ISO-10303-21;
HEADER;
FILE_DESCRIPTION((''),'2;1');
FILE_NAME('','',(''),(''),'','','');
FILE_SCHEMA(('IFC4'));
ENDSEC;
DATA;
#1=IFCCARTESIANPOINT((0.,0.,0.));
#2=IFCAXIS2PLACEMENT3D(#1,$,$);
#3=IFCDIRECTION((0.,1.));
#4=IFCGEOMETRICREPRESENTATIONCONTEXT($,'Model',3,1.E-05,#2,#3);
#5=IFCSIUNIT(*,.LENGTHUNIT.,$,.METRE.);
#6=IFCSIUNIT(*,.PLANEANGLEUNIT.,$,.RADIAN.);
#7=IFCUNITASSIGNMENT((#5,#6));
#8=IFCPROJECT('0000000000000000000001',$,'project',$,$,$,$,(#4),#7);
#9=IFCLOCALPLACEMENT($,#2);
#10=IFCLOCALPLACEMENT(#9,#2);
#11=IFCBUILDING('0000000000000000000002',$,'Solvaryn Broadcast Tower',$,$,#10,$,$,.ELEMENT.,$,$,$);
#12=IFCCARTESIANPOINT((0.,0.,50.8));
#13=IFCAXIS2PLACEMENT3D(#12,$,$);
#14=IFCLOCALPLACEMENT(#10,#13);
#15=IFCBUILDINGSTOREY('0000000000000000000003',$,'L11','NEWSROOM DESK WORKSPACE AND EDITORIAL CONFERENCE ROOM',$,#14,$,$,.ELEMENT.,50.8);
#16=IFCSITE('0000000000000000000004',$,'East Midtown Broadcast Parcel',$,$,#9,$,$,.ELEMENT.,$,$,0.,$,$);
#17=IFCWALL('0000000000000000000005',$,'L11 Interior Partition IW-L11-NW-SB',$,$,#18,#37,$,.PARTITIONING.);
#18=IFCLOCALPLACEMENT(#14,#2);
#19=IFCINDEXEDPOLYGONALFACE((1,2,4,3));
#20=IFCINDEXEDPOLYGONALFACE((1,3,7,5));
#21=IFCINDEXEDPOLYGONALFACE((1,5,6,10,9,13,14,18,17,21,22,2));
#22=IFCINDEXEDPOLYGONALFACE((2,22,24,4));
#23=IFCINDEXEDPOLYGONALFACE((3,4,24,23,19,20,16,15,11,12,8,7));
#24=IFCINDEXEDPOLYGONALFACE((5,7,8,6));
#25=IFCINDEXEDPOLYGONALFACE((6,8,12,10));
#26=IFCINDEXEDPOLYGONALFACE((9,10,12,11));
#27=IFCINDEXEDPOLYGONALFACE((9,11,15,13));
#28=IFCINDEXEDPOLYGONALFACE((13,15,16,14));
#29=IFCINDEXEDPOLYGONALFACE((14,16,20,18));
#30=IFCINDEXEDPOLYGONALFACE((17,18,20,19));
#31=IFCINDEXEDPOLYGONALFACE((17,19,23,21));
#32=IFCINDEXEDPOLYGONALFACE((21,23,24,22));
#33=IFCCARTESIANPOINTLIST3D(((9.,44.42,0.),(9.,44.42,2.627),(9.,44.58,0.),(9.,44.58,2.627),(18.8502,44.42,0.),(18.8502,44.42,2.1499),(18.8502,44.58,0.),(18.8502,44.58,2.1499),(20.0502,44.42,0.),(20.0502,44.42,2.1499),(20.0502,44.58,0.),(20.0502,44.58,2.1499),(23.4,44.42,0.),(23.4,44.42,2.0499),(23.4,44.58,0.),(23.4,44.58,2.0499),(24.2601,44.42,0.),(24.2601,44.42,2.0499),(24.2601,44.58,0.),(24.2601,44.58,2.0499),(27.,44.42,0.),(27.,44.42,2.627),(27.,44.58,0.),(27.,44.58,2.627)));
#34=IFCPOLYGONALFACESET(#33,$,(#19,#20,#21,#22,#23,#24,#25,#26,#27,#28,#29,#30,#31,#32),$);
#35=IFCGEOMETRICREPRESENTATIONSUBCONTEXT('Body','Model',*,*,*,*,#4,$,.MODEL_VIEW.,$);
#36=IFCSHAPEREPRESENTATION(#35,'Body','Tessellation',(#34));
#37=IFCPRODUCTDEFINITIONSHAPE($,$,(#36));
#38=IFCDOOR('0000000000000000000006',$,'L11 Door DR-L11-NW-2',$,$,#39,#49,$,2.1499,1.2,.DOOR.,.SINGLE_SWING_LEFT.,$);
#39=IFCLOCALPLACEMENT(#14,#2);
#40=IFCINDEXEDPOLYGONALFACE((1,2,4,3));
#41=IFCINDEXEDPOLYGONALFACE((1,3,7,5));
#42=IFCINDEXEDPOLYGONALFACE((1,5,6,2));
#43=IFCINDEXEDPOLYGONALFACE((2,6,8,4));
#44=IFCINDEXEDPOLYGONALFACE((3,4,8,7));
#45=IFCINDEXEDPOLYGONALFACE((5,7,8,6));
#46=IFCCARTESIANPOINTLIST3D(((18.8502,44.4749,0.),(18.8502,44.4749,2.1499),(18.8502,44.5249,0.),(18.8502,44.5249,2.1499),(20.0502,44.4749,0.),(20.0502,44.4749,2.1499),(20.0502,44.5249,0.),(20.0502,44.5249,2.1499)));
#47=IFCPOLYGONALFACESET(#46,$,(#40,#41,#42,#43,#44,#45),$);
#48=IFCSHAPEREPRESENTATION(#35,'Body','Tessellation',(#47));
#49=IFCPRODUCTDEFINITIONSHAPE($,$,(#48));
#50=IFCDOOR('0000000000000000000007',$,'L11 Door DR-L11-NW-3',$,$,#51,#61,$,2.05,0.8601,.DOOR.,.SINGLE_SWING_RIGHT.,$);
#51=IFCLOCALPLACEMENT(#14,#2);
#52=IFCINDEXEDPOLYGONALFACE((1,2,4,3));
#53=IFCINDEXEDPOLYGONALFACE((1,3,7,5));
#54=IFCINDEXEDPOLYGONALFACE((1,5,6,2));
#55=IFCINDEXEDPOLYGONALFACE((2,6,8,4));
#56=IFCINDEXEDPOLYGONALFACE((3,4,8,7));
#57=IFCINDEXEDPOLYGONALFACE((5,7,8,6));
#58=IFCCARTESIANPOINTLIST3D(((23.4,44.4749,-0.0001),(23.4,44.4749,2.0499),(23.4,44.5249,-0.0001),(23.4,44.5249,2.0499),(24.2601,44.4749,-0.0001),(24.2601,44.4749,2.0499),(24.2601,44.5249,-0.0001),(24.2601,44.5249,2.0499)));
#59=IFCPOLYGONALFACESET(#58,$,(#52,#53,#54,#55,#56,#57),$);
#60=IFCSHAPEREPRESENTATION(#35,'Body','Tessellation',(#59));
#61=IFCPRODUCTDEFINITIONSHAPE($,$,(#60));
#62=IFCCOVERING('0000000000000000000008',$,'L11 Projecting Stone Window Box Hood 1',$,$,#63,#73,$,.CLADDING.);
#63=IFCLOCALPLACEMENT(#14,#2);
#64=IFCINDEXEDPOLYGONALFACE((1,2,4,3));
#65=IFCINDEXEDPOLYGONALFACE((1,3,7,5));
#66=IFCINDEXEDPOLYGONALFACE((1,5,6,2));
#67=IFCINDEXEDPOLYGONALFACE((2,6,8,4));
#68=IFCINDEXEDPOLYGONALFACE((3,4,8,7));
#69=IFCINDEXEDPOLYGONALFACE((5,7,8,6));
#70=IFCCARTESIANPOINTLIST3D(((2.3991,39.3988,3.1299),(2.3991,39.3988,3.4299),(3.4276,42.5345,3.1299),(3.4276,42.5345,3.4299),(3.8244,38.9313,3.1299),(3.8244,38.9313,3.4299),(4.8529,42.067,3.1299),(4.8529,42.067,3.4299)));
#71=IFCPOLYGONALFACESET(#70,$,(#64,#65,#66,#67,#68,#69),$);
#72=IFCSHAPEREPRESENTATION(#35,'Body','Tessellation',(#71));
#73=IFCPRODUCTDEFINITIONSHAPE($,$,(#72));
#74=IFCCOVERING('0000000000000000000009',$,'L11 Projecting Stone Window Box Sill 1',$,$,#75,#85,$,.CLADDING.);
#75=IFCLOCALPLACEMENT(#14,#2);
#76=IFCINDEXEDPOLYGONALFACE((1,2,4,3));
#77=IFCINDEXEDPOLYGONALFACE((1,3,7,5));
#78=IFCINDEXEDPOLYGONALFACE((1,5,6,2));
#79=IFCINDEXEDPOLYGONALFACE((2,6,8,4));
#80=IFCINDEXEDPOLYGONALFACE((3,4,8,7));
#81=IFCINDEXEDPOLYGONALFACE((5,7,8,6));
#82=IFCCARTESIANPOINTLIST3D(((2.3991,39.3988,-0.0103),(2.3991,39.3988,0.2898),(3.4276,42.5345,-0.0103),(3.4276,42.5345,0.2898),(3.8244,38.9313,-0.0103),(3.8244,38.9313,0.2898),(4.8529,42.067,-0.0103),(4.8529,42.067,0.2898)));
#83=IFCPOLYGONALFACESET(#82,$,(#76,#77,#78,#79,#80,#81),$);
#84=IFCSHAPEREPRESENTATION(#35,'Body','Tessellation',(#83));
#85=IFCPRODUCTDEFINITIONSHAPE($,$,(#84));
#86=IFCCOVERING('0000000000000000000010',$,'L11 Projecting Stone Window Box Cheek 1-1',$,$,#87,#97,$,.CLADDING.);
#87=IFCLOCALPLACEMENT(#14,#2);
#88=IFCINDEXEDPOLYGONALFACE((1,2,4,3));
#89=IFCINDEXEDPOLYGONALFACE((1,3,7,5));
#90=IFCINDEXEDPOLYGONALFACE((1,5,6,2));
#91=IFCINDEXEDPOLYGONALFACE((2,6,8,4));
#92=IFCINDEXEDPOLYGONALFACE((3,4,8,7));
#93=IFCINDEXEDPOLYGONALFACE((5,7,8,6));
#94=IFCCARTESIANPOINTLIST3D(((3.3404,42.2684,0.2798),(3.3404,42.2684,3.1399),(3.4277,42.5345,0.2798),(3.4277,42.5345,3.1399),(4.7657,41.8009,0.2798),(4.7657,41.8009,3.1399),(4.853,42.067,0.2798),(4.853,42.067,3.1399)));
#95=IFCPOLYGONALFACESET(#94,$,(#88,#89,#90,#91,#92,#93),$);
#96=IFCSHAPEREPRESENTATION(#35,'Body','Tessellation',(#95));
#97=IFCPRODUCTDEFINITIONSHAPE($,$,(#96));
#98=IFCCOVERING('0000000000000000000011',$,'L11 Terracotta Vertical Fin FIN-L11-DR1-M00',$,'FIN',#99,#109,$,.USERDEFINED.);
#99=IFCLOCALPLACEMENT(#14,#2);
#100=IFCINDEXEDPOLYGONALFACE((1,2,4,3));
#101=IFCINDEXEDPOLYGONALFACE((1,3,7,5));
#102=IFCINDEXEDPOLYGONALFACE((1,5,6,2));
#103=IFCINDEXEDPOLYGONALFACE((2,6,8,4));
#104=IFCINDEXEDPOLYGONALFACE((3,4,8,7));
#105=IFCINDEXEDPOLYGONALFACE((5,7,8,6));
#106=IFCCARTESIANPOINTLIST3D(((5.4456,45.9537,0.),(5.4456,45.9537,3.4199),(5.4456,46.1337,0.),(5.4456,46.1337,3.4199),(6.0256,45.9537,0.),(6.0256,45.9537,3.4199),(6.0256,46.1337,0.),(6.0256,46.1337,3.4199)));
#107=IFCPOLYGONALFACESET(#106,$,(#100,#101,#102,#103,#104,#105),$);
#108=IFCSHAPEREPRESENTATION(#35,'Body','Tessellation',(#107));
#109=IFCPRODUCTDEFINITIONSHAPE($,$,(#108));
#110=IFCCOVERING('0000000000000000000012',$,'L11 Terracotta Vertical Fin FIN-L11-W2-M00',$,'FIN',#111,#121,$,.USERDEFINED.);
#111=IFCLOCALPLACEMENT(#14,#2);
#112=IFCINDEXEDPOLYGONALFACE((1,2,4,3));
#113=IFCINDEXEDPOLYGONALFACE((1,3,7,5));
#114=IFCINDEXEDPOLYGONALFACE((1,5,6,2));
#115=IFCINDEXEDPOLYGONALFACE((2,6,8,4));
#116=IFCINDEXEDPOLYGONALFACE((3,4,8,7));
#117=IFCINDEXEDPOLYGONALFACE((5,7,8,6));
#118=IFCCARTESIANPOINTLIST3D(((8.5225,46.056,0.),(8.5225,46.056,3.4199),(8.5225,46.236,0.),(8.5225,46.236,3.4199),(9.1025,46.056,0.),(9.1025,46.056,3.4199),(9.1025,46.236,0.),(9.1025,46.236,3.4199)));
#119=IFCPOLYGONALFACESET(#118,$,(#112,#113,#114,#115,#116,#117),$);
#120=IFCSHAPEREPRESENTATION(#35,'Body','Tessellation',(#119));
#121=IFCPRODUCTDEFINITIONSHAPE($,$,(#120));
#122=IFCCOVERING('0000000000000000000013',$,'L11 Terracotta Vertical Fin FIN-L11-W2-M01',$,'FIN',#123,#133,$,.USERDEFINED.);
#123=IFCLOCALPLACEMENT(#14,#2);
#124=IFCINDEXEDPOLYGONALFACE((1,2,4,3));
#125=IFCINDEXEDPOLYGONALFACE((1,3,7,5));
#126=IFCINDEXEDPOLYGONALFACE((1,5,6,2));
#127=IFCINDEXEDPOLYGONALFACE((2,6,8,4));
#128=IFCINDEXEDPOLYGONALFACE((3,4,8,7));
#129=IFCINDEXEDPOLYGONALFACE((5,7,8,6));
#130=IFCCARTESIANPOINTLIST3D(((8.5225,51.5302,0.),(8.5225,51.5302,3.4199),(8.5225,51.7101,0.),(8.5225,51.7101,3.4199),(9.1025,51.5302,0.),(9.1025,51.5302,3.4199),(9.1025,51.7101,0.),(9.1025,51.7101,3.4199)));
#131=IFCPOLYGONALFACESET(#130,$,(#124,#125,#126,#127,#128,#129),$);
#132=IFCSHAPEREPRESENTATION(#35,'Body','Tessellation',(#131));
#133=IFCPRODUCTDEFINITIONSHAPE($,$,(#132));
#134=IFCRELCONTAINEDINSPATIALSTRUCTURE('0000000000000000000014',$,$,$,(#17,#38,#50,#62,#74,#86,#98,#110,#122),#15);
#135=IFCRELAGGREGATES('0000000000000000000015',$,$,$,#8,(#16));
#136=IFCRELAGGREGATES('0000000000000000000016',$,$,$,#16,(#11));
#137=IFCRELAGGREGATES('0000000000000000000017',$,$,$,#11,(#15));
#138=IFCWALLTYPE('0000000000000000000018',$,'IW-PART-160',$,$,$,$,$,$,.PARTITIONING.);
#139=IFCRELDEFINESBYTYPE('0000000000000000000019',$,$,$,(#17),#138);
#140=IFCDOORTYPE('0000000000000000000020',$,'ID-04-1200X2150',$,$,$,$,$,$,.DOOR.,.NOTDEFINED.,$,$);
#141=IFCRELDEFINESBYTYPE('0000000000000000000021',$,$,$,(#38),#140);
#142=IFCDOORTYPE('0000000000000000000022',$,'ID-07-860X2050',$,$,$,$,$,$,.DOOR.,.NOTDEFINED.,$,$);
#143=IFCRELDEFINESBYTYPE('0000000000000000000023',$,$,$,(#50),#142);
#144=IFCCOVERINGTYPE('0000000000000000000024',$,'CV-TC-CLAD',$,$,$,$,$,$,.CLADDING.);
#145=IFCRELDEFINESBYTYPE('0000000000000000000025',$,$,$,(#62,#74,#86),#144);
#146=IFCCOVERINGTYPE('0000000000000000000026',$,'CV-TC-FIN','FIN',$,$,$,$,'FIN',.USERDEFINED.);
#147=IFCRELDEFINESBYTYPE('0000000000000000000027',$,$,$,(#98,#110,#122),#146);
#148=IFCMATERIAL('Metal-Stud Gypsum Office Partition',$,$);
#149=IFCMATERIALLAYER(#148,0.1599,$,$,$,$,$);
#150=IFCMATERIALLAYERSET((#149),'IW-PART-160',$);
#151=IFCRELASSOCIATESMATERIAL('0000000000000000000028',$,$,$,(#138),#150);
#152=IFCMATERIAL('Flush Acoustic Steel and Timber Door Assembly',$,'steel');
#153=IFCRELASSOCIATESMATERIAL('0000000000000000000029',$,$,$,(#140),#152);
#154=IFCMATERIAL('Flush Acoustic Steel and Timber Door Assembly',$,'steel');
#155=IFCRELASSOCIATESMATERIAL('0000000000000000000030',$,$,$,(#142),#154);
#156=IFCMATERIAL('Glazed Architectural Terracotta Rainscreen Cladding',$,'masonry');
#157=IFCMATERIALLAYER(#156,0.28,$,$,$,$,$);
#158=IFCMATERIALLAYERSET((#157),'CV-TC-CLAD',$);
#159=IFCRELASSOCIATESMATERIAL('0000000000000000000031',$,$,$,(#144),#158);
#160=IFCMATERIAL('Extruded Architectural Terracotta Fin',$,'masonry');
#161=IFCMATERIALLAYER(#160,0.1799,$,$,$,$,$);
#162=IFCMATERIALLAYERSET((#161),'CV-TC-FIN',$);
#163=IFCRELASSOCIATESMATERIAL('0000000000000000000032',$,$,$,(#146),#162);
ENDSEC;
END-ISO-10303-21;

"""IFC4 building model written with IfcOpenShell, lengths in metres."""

from ifc_helpers import new_model, si_unit, direction, frame, frame_2d, origin, origin_2d, place, context, subcontext, project, spatial, rectangle, extrude, material, layer, layer_set, type_object, element, fill, save


model = new_model("IFC4")

# Units and contexts
model_context = context("Model", 3, precision=1e-05, world=origin(), true_north=direction((0.0, 1.0)))
body_context = subcontext(model_context, "Body", "Model", "MODEL_VIEW")
ifc_project = project(units=[si_unit("LENGTHUNIT", "METRE"), si_unit("PLANEANGLEUNIT", "RADIAN")], contexts=[model_context])

# Site, building, storey
site_placement = place(None, origin())
site = spatial("IfcSite", under=ifc_project, at=site_placement, Name="East Midtown Broadcast Parcel", CompositionType="ELEMENT", RefElevation=0.0)
building_placement = place(site_placement, origin())
building = spatial("IfcBuilding", under=site, at=building_placement, Name="Solvaryn Broadcast Tower", CompositionType="ELEMENT")
storey_placement = place(building_placement, frame((0.0, 0.0, 50.8)))
storey = spatial("IfcBuildingStorey", under=building, at=storey_placement, Name="L11", Description="NEWSROOM DESK WORKSPACE AND EDITORIAL CONFERENCE ROOM", CompositionType="ELEMENT", Elevation=50.8)

# Shared definitions
ifc_material_1 = material(Name="Metal-Stud Gypsum Office Partition")
ifc_layer_1 = layer(ifc_material_1, 0.1599)
ifc_layer_set_1 = layer_set([ifc_layer_1], Name="IW-PART-160")
wall_type_1 = type_object("IfcWallType", Name="IW-PART-160", PredefinedType="PARTITIONING", material=ifc_layer_set_1)

# Wall, openings, doors
wall_1_placement = place(storey_placement, frame((9.0, 44.5, 0.0), z_axis=(0.0, 0.0, 1.0), x_axis=(1.0, 0.0, 0.0)))
wall_1 = element("IfcWall", 1, at=wall_1_placement, inside=storey, type_object=wall_type_1, Name="L11 Interior Partition IW-L11-NW-SB", PredefinedType="PARTITIONING", context=body_context, shape_type="SweptSolid", body=[
    extrude(rectangle(XDim=18.0, YDim=0.1599, at=frame_2d((9.0, 0.0))), origin(), (0.0, 0.0, 1.0), 2.627),
])
opening_1_placement = place(wall_1_placement, frame((9.8501, 0.0, 0.0)))
opening_1 = element("IfcOpeningElement", 2, at=opening_1_placement, cuts=wall_1, PredefinedType="OPENING", context=body_context, shape_type="SweptSolid", body=[
    extrude(rectangle(XDim=1.2, YDim=2.1499, at=frame_2d((0.6001, 1.075))), frame((0.0, 0.0901, 0.0), z_axis=(0.0, -1.0, 0.0), x_axis=(1.0, 0.0, 0.0)), (0.0, 0.0, 1.0), 0.1799),
])
opening_2_placement = place(wall_1_placement, frame((14.3999, 0.0, 0.0)))
opening_2 = element("IfcOpeningElement", 3, at=opening_2_placement, cuts=wall_1, PredefinedType="OPENING", context=body_context, shape_type="SweptSolid", body=[
    extrude(rectangle(XDim=0.8601, YDim=2.05, at=frame_2d((0.4302, 1.0249))), frame((0.0, 0.0901, 0.0), z_axis=(0.0, -1.0, 0.0), x_axis=(1.0, 0.0, 0.0)), (0.0, 0.0, 1.0), 0.1799),
])
ifc_material_2 = material(Name="Flush Acoustic Steel and Timber Door Assembly", Category="steel")
door_type_1 = type_object("IfcDoorType", Name="ID-04-1200X2150", OperationType="NOTDEFINED", PredefinedType="DOOR", material=ifc_material_2)
door_1_placement = place(opening_1_placement, origin())
door_1 = element("IfcDoor", 4, at=door_1_placement, inside=storey, type_object=door_type_1, Name="L11 Door DR-L11-NW-2", OperationType="SINGLE_SWING_LEFT", OverallHeight=2.1499, OverallWidth=1.2, PredefinedType="DOOR", context=body_context, shape_type="SweptSolid", body=[
    extrude(rectangle(XDim=1.2, YDim=2.1499, at=frame_2d((0.6001, 1.075))), frame((0.0, 0.0249, 0.0), z_axis=(0.0, -1.0, 0.0), x_axis=(1.0, 0.0, 0.0)), (0.0, 0.0, 1.0), 0.05),
])
fill(opening_1, door_1)
ifc_material_3 = material(Name="Flush Acoustic Steel and Timber Door Assembly", Category="steel")
door_type_2 = type_object("IfcDoorType", Name="ID-07-860X2050", OperationType="NOTDEFINED", PredefinedType="DOOR", material=ifc_material_3)
door_2_placement = place(opening_2_placement, origin())
door_2 = element("IfcDoor", 5, at=door_2_placement, inside=storey, type_object=door_type_2, Name="L11 Door DR-L11-NW-3", OperationType="SINGLE_SWING_RIGHT", OverallHeight=2.05, OverallWidth=0.8601, PredefinedType="DOOR", context=body_context, shape_type="SweptSolid", body=[
    extrude(rectangle(XDim=0.8601, YDim=2.05, at=frame_2d((0.4302, 1.0249))), frame((0.0, 0.0249, 0.0), z_axis=(0.0, -1.0, 0.0), x_axis=(1.0, 0.0, 0.0)), (0.0, 0.0, 1.0), 0.05),
])
fill(opening_2, door_2)

# Coverings
ifc_material_4 = material(Name="Glazed Architectural Terracotta Rainscreen Cladding", Category="masonry")
ifc_layer_2 = layer(ifc_material_4, 0.28)
ifc_layer_set_2 = layer_set([ifc_layer_2], Name="CV-TC-CLAD")
covering_type_1 = type_object("IfcCoveringType", Name="CV-TC-CLAD", PredefinedType="CLADDING", material=ifc_layer_set_2)
for number, where, z_axis, x_axis, name in (
    (6, (3.626, 40.7329, 3.1299), (0.0, 0.0, 1.0), (-0.311672, -0.95019, 0.0), "L11 Projecting Stone Window Box Hood 1"),
    (7, (3.626, 40.7329, -0.0103), (0.0, 0.0, 1.0), (-0.311672, -0.95019, 0.0), "L11 Projecting Stone Window Box Sill 1"),
):
    element("IfcCovering", number, at=place(storey_placement, frame(where, z_axis=z_axis, x_axis=x_axis)), inside=storey, type_object=covering_type_1, Name=name, PredefinedType="CLADDING", context=body_context, shape_type="SweptSolid", body=[
        extrude(rectangle(XDim=3.3, YDim=1.5, at=origin_2d()), origin(), (0.0, 0.0, 1.0), 0.3),
    ])
covering_placement = place(storey_placement, frame((4.0967, 42.1677, 0.2798), z_axis=(0.0, 0.0, 1.0), x_axis=(-0.311672, -0.95019, 0.0)))
element("IfcCovering", 8, at=covering_placement, inside=storey, type_object=covering_type_1, Name="L11 Projecting Stone Window Box Cheek 1-1", PredefinedType="CLADDING", context=body_context, shape_type="SweptSolid", body=[
    extrude(rectangle(XDim=0.28, YDim=1.5, at=origin_2d()), origin(), (0.0, 0.0, 1.0), 2.8601),
])
ifc_material_5 = material(Name="Extruded Architectural Terracotta Fin", Category="masonry")
ifc_layer_3 = layer(ifc_material_5, 0.1799)
ifc_layer_set_3 = layer_set([ifc_layer_3], Name="CV-TC-FIN")
covering_type_2 = type_object("IfcCoveringType", Name="CV-TC-FIN", Description="FIN", ElementType="FIN", PredefinedType="USERDEFINED", material=ifc_layer_set_3)
for number, where, z_axis, x_axis, name in (
    (9, (5.7356, 46.0437, 0.0), (0.0, 0.0, 1.0), (1.0, 0.0, 0.0), "L11 Terracotta Vertical Fin FIN-L11-DR1-M00"),
    (10, (8.8125, 46.146, 0.0), (0.0, 0.0, 1.0), (1.0, 0.0, 0.0), "L11 Terracotta Vertical Fin FIN-L11-W2-M00"),
    (11, (8.8125, 51.6201, 0.0), (0.0, 0.0, 1.0), (1.0, 0.0, 0.0), "L11 Terracotta Vertical Fin FIN-L11-W2-M01"),
):
    element("IfcCovering", number, at=place(storey_placement, frame(where, z_axis=z_axis, x_axis=x_axis)), inside=storey, type_object=covering_type_2, Name=name, ObjectType="FIN", PredefinedType="USERDEFINED", context=body_context, shape_type="SweptSolid", body=[
        extrude(rectangle(XDim=0.5801, YDim=0.1799, at=origin_2d()), origin(), (0.0, 0.0, 1.0), 3.4199),
    ])

save(model, "model.ifc")
